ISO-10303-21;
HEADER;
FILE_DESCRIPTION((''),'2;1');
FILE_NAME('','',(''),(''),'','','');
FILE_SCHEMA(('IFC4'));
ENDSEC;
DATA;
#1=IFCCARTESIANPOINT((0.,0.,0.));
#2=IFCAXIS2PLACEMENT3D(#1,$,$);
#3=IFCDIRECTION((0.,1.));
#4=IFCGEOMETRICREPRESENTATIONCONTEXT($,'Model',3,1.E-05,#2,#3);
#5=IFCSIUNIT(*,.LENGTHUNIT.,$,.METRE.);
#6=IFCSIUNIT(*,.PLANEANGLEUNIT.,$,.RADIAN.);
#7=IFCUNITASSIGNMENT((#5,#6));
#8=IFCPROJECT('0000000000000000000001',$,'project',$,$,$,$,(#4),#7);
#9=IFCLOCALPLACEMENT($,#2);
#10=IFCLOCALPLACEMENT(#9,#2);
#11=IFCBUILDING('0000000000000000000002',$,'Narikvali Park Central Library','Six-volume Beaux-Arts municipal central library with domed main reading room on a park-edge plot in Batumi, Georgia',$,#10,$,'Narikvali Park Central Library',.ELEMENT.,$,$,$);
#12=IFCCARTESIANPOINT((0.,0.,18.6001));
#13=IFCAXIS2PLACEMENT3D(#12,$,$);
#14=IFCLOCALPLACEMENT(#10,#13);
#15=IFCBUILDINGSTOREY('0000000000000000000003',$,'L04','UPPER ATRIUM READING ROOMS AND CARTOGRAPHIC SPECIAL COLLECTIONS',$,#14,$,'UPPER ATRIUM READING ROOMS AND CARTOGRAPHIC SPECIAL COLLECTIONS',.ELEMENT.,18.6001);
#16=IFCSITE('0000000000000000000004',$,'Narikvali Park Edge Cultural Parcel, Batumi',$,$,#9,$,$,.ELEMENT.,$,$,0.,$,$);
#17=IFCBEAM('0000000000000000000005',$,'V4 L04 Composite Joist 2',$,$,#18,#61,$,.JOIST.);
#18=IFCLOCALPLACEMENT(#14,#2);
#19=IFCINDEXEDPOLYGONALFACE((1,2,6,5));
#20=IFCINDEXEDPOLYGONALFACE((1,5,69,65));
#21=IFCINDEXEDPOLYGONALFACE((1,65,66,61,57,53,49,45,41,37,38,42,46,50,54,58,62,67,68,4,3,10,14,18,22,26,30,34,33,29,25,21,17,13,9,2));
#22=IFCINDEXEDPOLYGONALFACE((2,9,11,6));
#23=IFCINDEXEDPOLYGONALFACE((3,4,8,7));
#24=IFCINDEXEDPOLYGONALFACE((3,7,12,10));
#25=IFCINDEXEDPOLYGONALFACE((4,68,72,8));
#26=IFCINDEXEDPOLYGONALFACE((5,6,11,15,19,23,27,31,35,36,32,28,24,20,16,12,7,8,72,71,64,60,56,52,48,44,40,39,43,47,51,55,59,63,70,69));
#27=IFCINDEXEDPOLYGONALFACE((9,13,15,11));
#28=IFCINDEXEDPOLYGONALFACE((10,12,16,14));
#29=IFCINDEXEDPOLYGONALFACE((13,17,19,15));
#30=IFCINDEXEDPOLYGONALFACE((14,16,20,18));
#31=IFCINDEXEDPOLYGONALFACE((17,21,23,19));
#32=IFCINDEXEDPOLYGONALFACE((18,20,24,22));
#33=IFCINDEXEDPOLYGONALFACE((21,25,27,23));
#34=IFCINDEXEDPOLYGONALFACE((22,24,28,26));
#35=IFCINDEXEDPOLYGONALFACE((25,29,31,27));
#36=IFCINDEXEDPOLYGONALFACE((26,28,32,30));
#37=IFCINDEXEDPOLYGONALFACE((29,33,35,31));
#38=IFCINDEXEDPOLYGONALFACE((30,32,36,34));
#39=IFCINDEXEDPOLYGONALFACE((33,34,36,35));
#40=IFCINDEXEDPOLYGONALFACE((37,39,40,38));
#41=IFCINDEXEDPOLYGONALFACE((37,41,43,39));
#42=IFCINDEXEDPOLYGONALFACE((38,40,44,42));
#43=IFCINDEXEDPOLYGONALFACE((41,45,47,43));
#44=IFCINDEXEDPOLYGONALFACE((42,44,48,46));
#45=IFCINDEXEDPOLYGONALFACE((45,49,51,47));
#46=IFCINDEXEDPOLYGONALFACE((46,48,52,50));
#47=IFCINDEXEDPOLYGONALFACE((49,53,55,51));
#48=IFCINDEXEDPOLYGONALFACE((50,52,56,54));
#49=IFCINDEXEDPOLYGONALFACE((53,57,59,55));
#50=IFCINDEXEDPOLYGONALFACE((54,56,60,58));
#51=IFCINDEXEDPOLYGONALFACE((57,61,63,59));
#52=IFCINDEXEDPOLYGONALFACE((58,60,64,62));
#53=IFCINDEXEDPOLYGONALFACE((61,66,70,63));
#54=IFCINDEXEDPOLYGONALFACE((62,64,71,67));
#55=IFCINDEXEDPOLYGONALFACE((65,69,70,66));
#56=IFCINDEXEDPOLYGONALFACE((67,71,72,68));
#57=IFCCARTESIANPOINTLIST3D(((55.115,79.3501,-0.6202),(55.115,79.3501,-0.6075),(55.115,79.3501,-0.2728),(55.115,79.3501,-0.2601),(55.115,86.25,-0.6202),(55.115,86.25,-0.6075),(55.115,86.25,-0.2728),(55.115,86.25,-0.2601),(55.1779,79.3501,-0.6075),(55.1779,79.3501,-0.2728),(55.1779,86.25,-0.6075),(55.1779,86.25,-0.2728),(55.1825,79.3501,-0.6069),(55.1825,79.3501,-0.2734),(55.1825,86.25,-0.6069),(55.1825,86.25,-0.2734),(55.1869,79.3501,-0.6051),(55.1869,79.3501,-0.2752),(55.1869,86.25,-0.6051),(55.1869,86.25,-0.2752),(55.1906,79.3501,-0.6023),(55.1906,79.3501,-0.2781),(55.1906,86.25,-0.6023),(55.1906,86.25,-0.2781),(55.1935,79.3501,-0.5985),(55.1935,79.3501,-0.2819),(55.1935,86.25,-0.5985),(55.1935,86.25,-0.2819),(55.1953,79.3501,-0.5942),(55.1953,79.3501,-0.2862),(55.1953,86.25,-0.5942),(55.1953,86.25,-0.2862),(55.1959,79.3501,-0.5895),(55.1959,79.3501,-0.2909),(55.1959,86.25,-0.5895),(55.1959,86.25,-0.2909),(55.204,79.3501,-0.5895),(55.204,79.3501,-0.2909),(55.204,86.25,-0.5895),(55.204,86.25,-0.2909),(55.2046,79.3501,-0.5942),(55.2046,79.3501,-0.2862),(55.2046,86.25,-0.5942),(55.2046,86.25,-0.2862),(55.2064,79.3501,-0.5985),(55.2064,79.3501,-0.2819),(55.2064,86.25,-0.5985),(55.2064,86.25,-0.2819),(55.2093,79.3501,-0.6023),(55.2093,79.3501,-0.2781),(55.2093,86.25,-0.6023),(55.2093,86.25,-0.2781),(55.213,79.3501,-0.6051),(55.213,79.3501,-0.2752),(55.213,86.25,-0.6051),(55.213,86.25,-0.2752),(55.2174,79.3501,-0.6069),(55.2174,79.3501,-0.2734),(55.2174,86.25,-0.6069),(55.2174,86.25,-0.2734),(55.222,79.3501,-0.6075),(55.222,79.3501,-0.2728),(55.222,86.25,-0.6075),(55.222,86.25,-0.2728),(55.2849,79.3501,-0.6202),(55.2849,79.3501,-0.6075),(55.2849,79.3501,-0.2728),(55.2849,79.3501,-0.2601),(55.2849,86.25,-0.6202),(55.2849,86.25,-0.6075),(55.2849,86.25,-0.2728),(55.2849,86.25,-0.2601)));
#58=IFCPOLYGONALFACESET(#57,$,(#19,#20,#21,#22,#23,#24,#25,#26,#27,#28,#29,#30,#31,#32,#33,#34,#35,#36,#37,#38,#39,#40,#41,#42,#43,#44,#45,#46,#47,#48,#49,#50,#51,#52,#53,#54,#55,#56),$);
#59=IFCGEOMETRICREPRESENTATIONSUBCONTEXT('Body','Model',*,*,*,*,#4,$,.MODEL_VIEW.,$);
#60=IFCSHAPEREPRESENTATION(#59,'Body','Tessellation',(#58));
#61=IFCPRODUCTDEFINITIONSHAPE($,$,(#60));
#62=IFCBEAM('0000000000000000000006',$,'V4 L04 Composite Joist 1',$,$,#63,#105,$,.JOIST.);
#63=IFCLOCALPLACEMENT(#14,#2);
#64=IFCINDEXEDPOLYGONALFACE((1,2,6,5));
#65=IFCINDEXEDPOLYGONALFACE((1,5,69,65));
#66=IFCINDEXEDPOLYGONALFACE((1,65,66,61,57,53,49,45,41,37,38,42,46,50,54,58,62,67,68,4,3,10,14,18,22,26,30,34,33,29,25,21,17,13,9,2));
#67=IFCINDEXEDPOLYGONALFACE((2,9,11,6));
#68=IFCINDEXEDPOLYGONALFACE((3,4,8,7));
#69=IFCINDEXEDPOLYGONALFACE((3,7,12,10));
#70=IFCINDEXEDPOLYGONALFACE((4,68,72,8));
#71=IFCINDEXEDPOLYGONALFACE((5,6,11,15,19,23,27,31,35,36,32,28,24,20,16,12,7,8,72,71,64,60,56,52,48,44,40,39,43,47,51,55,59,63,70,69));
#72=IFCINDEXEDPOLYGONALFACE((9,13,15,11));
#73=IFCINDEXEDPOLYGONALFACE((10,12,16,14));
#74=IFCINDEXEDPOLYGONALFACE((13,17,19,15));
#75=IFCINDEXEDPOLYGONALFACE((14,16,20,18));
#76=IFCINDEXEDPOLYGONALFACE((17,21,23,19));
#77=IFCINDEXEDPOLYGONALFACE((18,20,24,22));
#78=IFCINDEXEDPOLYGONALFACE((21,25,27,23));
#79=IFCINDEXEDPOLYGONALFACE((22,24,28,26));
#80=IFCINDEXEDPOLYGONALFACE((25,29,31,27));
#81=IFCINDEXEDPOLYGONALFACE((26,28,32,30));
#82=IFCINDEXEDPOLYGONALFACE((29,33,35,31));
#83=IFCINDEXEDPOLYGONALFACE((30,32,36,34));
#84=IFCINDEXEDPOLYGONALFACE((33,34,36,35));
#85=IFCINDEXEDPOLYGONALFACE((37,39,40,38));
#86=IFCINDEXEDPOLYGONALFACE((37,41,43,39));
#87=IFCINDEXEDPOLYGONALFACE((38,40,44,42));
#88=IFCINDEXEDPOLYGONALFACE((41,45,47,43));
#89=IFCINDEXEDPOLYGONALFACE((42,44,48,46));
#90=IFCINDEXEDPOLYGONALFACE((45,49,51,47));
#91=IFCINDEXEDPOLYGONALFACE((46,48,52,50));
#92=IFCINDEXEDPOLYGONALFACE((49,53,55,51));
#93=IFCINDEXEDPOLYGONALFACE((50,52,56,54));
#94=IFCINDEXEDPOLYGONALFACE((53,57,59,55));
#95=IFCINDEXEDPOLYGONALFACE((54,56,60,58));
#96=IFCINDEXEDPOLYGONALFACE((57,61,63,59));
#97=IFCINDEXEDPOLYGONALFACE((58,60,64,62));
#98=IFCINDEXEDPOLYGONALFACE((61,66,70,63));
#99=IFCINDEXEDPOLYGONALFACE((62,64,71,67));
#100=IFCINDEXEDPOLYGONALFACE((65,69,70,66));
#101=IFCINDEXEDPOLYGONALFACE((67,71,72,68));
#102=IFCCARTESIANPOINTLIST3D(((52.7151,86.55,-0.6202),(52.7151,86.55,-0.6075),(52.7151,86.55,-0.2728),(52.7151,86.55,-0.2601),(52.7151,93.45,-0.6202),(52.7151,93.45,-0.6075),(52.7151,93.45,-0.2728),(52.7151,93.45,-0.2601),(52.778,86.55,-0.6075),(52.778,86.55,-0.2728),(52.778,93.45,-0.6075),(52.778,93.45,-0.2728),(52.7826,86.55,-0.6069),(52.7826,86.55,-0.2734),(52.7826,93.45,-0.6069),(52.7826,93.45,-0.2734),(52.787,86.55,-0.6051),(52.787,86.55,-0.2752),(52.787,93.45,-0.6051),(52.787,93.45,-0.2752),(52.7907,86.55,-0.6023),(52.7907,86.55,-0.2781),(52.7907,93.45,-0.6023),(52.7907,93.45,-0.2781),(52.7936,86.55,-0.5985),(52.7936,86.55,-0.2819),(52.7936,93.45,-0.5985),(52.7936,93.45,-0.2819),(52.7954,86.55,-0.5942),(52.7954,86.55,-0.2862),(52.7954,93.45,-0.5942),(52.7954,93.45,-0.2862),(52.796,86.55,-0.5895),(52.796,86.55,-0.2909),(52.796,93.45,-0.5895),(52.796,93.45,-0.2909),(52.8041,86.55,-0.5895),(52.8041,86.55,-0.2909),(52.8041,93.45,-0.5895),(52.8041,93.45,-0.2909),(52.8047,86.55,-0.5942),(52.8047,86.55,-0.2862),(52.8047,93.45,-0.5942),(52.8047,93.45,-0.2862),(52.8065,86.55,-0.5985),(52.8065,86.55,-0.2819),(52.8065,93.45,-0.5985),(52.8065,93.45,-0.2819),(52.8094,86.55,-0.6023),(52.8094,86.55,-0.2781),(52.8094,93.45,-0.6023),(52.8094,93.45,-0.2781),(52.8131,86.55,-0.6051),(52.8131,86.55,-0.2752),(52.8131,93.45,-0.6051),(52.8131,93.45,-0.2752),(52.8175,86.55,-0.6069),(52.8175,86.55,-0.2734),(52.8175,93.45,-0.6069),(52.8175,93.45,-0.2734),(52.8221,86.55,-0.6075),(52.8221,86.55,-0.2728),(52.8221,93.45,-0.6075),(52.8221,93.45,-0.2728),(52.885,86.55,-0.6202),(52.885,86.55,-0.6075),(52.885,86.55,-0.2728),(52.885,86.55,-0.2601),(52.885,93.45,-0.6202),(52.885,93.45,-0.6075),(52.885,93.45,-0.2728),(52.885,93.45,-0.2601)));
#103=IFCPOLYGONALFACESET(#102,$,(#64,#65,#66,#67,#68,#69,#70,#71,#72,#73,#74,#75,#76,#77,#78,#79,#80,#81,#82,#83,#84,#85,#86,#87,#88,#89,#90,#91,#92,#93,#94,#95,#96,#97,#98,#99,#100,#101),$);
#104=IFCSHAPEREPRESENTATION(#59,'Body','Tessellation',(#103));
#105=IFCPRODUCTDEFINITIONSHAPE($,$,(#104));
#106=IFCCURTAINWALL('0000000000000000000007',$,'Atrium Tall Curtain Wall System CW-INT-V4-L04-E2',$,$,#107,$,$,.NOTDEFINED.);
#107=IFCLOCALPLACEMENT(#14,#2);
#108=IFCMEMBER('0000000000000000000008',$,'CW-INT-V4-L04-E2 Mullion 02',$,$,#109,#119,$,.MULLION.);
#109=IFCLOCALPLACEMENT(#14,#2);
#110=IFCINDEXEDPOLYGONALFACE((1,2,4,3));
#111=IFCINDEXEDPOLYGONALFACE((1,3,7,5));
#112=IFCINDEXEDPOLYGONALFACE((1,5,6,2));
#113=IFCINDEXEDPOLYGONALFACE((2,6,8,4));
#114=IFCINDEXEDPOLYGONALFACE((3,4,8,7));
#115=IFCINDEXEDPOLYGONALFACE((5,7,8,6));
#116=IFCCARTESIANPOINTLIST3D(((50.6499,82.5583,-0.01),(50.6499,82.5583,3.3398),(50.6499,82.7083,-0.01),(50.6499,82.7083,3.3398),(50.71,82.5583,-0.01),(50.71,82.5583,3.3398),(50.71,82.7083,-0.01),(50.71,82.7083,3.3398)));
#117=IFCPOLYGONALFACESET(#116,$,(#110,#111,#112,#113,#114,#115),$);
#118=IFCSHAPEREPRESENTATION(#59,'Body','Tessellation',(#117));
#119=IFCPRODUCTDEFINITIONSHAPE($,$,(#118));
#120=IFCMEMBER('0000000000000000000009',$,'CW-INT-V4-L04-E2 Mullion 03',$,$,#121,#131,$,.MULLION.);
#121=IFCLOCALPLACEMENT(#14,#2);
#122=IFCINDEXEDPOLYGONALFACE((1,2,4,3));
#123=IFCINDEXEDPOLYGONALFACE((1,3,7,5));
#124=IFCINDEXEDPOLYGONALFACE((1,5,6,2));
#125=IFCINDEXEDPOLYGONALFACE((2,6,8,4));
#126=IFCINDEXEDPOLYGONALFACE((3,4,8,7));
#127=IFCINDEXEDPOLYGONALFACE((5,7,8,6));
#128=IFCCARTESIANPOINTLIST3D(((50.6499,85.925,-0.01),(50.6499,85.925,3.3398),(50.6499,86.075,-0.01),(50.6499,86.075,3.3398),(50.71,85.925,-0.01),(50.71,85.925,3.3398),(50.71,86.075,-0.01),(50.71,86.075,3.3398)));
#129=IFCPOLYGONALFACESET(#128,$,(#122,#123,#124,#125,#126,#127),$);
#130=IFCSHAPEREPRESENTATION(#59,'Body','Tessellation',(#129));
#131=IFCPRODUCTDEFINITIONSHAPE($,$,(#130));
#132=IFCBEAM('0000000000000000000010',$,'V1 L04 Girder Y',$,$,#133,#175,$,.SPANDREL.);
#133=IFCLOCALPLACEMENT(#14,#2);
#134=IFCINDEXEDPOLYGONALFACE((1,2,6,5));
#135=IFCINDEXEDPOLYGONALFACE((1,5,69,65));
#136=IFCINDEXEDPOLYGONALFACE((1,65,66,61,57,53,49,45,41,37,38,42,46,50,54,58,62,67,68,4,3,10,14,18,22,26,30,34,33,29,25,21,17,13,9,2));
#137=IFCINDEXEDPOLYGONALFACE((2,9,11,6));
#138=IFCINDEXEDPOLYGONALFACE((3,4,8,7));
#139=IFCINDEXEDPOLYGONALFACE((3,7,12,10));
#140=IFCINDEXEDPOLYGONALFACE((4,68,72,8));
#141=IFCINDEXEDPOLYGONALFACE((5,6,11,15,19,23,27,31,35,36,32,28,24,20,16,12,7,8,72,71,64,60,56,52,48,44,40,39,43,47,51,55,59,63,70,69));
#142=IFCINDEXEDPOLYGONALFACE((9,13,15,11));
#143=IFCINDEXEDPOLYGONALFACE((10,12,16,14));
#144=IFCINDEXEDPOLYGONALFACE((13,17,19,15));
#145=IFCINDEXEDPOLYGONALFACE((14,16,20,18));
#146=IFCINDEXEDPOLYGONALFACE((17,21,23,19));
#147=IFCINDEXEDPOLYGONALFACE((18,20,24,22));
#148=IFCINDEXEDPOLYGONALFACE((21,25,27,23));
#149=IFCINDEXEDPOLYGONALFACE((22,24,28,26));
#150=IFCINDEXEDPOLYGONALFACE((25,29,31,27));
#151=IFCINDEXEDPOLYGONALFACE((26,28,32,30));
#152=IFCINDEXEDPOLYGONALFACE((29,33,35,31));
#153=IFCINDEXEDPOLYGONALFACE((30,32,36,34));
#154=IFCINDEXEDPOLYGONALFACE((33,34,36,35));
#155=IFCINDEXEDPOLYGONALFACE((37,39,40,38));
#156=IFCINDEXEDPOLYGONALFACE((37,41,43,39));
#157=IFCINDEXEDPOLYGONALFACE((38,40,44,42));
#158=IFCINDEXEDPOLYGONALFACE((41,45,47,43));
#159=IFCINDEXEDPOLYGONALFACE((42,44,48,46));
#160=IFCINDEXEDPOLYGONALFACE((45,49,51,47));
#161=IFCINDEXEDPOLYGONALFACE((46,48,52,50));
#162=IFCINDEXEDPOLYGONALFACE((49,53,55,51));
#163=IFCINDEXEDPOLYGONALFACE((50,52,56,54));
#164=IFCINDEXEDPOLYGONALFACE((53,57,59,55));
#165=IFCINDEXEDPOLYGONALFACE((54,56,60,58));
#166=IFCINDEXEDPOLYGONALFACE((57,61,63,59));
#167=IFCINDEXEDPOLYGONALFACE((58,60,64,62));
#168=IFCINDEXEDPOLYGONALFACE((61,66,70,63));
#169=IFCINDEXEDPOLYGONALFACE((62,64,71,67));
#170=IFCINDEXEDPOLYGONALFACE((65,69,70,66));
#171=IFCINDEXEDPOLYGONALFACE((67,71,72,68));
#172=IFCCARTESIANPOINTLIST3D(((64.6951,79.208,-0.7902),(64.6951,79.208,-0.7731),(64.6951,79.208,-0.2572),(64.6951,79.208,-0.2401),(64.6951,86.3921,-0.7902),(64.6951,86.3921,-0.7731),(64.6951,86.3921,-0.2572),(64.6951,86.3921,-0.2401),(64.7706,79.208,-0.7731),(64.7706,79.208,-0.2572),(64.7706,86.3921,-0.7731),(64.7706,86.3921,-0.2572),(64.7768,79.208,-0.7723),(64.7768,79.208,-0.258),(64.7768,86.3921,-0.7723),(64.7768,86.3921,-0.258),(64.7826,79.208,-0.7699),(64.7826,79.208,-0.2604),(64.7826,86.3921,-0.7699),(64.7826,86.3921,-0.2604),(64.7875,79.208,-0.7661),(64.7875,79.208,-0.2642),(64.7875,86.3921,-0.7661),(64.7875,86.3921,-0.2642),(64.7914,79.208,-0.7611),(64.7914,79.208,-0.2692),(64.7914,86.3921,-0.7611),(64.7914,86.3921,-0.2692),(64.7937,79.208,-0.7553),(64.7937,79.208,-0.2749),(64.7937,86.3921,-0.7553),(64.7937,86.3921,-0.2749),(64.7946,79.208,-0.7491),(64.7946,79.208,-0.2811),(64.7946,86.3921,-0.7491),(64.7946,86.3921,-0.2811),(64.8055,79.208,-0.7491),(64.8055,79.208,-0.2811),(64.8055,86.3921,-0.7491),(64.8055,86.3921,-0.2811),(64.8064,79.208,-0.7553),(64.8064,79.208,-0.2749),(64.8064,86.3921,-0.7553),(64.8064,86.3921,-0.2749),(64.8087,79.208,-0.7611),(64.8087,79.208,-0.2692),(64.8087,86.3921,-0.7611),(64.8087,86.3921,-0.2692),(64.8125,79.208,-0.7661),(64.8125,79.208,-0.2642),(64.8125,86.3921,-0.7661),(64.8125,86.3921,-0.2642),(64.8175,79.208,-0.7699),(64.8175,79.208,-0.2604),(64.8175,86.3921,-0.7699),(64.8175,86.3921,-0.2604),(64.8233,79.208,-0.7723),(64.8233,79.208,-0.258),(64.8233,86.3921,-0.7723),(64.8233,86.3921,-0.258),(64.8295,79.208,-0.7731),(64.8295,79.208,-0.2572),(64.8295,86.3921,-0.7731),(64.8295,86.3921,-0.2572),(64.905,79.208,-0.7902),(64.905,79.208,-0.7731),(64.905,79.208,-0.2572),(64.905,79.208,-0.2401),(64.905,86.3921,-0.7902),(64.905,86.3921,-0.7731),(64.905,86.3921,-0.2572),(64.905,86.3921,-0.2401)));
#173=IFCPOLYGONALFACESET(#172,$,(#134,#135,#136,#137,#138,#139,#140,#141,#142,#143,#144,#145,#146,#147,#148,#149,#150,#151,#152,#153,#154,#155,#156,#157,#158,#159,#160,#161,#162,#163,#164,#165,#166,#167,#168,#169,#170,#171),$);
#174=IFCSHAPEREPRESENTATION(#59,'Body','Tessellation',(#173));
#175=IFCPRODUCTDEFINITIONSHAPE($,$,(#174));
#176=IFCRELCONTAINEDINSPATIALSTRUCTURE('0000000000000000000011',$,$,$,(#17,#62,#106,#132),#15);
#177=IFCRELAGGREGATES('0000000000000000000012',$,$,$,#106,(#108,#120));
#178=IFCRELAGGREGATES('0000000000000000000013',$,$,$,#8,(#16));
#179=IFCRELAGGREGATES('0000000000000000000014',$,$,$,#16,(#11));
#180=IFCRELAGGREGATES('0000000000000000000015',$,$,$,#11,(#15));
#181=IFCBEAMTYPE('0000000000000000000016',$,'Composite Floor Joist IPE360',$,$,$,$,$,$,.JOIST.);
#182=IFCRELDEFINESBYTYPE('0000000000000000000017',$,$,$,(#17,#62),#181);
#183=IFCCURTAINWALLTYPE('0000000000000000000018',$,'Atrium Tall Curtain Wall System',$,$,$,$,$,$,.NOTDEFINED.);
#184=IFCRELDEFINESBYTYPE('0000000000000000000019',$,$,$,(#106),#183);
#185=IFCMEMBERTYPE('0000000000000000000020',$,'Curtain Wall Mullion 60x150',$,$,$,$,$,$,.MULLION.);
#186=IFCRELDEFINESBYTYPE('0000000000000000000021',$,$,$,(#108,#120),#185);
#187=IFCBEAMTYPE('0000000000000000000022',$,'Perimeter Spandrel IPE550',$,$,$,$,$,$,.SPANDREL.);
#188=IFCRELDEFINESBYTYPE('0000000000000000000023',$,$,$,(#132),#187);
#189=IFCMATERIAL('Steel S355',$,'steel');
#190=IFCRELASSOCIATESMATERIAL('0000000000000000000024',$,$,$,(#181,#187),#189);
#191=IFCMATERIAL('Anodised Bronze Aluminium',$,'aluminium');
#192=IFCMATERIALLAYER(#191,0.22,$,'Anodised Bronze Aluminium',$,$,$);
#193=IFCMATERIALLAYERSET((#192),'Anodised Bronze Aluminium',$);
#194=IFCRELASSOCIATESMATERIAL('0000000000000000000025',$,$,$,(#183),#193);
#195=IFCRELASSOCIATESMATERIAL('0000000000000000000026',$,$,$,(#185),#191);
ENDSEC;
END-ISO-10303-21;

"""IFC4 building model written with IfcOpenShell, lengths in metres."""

from ifc_helpers import new_model, si_unit, direction, frame, origin, origin_2d, place, context, subcontext, project, spatial, rectangle, i_section, extrude, material, layer, layer_set, material_profile, profile_set, type_object, element, aggregate, save


model = new_model("IFC4")

# Units and contexts
model_context = context("Model", 3, precision=1e-05, world=origin(), true_north=direction((0.0, 1.0)))
body_context = subcontext(model_context, "Body", "Model", "MODEL_VIEW")
ifc_project = project(units=[si_unit("LENGTHUNIT", "METRE"), si_unit("PLANEANGLEUNIT", "RADIAN")], contexts=[model_context])

# Site, building, storey
site_placement = place(None, origin())
site = spatial("IfcSite", under=ifc_project, at=site_placement, Name="Narikvali Park Edge Cultural Parcel, Batumi", CompositionType="ELEMENT", RefElevation=0.0)
building_placement = place(site_placement, origin())
building = spatial("IfcBuilding", under=site, at=building_placement, Name="Narikvali Park Central Library", Description="Six-volume Beaux-Arts municipal central library with domed main reading room on a park-edge plot in Batumi, Georgia", LongName="Narikvali Park Central Library", CompositionType="ELEMENT")
storey_placement = place(building_placement, frame((0.0, 0.0, 18.6001)))
storey = spatial("IfcBuildingStorey", under=building, at=storey_placement, Name="L04", Description="UPPER ATRIUM READING ROOMS AND CARTOGRAPHIC SPECIAL COLLECTIONS", LongName="UPPER ATRIUM READING ROOMS AND CARTOGRAPHIC SPECIAL COLLECTIONS", CompositionType="ELEMENT", Elevation=18.6001)

# Shared definitions
ifc_material_1 = material(Name="Steel S355", Category="steel")

# Beams
ifc_material_profile_1 = material_profile(ifc_material_1, i_section(OverallWidth=0.1699, OverallDepth=0.3601, WebThickness=0.0081, FlangeThickness=0.0127, FilletRadius=0.0181, at=origin_2d()), Name="IPE 360")
ifc_profile_set_1 = profile_set([ifc_material_profile_1], Name="Steel S355")
beam_type_1 = type_object("IfcBeamType", Name="Composite Floor Joist IPE360", PredefinedType="JOIST", material=ifc_profile_set_1)
for number, where, z_axis, x_axis, name in (
    (1, (55.2, 79.3501, -0.4402), (0.0, 1.0, 0.0), (-1.0, 0.0, 0.0), "V4 L04 Composite Joist 2"),
    (2, (52.8, 86.55, -0.4402), (0.0, 1.0, 0.0), (-1.0, 0.0, 0.0), "V4 L04 Composite Joist 1"),
):
    element("IfcBeam", number, at=place(storey_placement, frame(where, z_axis=z_axis, x_axis=x_axis)), inside=storey, type_object=beam_type_1, Name=name, PredefinedType="JOIST", context=body_context, shape_type="SweptSolid", body=[
        extrude(i_section(OverallWidth=0.1699, OverallDepth=0.3601, WebThickness=0.0081, FlangeThickness=0.0127, FilletRadius=0.0181, at=origin_2d()), origin(), (0.0, 0.0, 1.0), 6.8999),
    ])

# Curtain wall, members
ifc_material_2 = material(Name="Anodised Bronze Aluminium", Category="aluminium")
ifc_layer_1 = layer(ifc_material_2, 0.22, Name="Anodised Bronze Aluminium")
ifc_layer_set_1 = layer_set([ifc_layer_1], Name="Anodised Bronze Aluminium")
curtain_wall_type = type_object("IfcCurtainWallType", Name="Atrium Tall Curtain Wall System", PredefinedType="NOTDEFINED", material=ifc_layer_set_1)
curtain_wall_placement = place(storey_placement, origin())
curtain_wall = element("IfcCurtainWall", 3, at=curtain_wall_placement, inside=storey, type_object=curtain_wall_type, Name="Atrium Tall Curtain Wall System CW-INT-V4-L04-E2", PredefinedType="NOTDEFINED")
ifc_material_profile_2 = material_profile(ifc_material_2, rectangle(XDim=0.0601, YDim=0.1499, at=origin_2d()), Name="CW MULLION 60x150")
ifc_profile_set_2 = profile_set([ifc_material_profile_2], Name="Anodised Bronze Aluminium")
member_type = type_object("IfcMemberType", Name="Curtain Wall Mullion 60x150", PredefinedType="MULLION", material=ifc_profile_set_2)
member_1_placement = place(storey_placement, frame((50.6799, 82.6333, -0.01), z_axis=(0.0, 0.0, 1.0), x_axis=(1.0, 0.0, 0.0)))
member_1 = element("IfcMember", 4, at=member_1_placement, type_object=member_type, Name="CW-INT-V4-L04-E2 Mullion 02", PredefinedType="MULLION", context=body_context, shape_type="SweptSolid", body=[
    extrude(rectangle(XDim=0.0601, YDim=0.1499, at=origin_2d()), origin(), (0.0, 0.0, 1.0), 3.3499),
])
member_2_placement = place(storey_placement, frame((50.6799, 86.0, -0.01), z_axis=(0.0, 0.0, 1.0), x_axis=(1.0, 0.0, 0.0)))
member_2 = element("IfcMember", 5, at=member_2_placement, type_object=member_type, Name="CW-INT-V4-L04-E2 Mullion 03", PredefinedType="MULLION", context=body_context, shape_type="SweptSolid", body=[
    extrude(rectangle(XDim=0.0601, YDim=0.1499, at=origin_2d()), origin(), (0.0, 0.0, 1.0), 3.3499),
])

# Beam
ifc_material_profile_3 = material_profile(ifc_material_1, i_section(OverallWidth=0.21, OverallDepth=0.55, WebThickness=0.011, FlangeThickness=0.0171, FilletRadius=0.0239, at=origin_2d()), Name="IPE 550")
ifc_profile_set_3 = profile_set([ifc_material_profile_3], Name="Steel S355")
beam_type_2 = type_object("IfcBeamType", Name="Perimeter Spandrel IPE550", PredefinedType="SPANDREL", material=ifc_profile_set_3)
for number, where, z_axis, x_axis, name in (
    (6, (64.8, 79.208, -0.5151), (0.0, 1.0, 0.0), (-1.0, 0.0, 0.0), "V1 L04 Girder Y"),
):
    element("IfcBeam", number, at=place(storey_placement, frame(where, z_axis=z_axis, x_axis=x_axis)), inside=storey, type_object=beam_type_2, Name=name, PredefinedType="SPANDREL", context=body_context, shape_type="SweptSolid", body=[
        extrude(i_section(OverallWidth=0.21, OverallDepth=0.55, WebThickness=0.011, FlangeThickness=0.0171, FilletRadius=0.0239, at=origin_2d()), origin(), (0.0, 0.0, 1.0), 7.1841),
    ])

aggregate(curtain_wall, [member_1, member_2])

save(model, "model.ifc")
